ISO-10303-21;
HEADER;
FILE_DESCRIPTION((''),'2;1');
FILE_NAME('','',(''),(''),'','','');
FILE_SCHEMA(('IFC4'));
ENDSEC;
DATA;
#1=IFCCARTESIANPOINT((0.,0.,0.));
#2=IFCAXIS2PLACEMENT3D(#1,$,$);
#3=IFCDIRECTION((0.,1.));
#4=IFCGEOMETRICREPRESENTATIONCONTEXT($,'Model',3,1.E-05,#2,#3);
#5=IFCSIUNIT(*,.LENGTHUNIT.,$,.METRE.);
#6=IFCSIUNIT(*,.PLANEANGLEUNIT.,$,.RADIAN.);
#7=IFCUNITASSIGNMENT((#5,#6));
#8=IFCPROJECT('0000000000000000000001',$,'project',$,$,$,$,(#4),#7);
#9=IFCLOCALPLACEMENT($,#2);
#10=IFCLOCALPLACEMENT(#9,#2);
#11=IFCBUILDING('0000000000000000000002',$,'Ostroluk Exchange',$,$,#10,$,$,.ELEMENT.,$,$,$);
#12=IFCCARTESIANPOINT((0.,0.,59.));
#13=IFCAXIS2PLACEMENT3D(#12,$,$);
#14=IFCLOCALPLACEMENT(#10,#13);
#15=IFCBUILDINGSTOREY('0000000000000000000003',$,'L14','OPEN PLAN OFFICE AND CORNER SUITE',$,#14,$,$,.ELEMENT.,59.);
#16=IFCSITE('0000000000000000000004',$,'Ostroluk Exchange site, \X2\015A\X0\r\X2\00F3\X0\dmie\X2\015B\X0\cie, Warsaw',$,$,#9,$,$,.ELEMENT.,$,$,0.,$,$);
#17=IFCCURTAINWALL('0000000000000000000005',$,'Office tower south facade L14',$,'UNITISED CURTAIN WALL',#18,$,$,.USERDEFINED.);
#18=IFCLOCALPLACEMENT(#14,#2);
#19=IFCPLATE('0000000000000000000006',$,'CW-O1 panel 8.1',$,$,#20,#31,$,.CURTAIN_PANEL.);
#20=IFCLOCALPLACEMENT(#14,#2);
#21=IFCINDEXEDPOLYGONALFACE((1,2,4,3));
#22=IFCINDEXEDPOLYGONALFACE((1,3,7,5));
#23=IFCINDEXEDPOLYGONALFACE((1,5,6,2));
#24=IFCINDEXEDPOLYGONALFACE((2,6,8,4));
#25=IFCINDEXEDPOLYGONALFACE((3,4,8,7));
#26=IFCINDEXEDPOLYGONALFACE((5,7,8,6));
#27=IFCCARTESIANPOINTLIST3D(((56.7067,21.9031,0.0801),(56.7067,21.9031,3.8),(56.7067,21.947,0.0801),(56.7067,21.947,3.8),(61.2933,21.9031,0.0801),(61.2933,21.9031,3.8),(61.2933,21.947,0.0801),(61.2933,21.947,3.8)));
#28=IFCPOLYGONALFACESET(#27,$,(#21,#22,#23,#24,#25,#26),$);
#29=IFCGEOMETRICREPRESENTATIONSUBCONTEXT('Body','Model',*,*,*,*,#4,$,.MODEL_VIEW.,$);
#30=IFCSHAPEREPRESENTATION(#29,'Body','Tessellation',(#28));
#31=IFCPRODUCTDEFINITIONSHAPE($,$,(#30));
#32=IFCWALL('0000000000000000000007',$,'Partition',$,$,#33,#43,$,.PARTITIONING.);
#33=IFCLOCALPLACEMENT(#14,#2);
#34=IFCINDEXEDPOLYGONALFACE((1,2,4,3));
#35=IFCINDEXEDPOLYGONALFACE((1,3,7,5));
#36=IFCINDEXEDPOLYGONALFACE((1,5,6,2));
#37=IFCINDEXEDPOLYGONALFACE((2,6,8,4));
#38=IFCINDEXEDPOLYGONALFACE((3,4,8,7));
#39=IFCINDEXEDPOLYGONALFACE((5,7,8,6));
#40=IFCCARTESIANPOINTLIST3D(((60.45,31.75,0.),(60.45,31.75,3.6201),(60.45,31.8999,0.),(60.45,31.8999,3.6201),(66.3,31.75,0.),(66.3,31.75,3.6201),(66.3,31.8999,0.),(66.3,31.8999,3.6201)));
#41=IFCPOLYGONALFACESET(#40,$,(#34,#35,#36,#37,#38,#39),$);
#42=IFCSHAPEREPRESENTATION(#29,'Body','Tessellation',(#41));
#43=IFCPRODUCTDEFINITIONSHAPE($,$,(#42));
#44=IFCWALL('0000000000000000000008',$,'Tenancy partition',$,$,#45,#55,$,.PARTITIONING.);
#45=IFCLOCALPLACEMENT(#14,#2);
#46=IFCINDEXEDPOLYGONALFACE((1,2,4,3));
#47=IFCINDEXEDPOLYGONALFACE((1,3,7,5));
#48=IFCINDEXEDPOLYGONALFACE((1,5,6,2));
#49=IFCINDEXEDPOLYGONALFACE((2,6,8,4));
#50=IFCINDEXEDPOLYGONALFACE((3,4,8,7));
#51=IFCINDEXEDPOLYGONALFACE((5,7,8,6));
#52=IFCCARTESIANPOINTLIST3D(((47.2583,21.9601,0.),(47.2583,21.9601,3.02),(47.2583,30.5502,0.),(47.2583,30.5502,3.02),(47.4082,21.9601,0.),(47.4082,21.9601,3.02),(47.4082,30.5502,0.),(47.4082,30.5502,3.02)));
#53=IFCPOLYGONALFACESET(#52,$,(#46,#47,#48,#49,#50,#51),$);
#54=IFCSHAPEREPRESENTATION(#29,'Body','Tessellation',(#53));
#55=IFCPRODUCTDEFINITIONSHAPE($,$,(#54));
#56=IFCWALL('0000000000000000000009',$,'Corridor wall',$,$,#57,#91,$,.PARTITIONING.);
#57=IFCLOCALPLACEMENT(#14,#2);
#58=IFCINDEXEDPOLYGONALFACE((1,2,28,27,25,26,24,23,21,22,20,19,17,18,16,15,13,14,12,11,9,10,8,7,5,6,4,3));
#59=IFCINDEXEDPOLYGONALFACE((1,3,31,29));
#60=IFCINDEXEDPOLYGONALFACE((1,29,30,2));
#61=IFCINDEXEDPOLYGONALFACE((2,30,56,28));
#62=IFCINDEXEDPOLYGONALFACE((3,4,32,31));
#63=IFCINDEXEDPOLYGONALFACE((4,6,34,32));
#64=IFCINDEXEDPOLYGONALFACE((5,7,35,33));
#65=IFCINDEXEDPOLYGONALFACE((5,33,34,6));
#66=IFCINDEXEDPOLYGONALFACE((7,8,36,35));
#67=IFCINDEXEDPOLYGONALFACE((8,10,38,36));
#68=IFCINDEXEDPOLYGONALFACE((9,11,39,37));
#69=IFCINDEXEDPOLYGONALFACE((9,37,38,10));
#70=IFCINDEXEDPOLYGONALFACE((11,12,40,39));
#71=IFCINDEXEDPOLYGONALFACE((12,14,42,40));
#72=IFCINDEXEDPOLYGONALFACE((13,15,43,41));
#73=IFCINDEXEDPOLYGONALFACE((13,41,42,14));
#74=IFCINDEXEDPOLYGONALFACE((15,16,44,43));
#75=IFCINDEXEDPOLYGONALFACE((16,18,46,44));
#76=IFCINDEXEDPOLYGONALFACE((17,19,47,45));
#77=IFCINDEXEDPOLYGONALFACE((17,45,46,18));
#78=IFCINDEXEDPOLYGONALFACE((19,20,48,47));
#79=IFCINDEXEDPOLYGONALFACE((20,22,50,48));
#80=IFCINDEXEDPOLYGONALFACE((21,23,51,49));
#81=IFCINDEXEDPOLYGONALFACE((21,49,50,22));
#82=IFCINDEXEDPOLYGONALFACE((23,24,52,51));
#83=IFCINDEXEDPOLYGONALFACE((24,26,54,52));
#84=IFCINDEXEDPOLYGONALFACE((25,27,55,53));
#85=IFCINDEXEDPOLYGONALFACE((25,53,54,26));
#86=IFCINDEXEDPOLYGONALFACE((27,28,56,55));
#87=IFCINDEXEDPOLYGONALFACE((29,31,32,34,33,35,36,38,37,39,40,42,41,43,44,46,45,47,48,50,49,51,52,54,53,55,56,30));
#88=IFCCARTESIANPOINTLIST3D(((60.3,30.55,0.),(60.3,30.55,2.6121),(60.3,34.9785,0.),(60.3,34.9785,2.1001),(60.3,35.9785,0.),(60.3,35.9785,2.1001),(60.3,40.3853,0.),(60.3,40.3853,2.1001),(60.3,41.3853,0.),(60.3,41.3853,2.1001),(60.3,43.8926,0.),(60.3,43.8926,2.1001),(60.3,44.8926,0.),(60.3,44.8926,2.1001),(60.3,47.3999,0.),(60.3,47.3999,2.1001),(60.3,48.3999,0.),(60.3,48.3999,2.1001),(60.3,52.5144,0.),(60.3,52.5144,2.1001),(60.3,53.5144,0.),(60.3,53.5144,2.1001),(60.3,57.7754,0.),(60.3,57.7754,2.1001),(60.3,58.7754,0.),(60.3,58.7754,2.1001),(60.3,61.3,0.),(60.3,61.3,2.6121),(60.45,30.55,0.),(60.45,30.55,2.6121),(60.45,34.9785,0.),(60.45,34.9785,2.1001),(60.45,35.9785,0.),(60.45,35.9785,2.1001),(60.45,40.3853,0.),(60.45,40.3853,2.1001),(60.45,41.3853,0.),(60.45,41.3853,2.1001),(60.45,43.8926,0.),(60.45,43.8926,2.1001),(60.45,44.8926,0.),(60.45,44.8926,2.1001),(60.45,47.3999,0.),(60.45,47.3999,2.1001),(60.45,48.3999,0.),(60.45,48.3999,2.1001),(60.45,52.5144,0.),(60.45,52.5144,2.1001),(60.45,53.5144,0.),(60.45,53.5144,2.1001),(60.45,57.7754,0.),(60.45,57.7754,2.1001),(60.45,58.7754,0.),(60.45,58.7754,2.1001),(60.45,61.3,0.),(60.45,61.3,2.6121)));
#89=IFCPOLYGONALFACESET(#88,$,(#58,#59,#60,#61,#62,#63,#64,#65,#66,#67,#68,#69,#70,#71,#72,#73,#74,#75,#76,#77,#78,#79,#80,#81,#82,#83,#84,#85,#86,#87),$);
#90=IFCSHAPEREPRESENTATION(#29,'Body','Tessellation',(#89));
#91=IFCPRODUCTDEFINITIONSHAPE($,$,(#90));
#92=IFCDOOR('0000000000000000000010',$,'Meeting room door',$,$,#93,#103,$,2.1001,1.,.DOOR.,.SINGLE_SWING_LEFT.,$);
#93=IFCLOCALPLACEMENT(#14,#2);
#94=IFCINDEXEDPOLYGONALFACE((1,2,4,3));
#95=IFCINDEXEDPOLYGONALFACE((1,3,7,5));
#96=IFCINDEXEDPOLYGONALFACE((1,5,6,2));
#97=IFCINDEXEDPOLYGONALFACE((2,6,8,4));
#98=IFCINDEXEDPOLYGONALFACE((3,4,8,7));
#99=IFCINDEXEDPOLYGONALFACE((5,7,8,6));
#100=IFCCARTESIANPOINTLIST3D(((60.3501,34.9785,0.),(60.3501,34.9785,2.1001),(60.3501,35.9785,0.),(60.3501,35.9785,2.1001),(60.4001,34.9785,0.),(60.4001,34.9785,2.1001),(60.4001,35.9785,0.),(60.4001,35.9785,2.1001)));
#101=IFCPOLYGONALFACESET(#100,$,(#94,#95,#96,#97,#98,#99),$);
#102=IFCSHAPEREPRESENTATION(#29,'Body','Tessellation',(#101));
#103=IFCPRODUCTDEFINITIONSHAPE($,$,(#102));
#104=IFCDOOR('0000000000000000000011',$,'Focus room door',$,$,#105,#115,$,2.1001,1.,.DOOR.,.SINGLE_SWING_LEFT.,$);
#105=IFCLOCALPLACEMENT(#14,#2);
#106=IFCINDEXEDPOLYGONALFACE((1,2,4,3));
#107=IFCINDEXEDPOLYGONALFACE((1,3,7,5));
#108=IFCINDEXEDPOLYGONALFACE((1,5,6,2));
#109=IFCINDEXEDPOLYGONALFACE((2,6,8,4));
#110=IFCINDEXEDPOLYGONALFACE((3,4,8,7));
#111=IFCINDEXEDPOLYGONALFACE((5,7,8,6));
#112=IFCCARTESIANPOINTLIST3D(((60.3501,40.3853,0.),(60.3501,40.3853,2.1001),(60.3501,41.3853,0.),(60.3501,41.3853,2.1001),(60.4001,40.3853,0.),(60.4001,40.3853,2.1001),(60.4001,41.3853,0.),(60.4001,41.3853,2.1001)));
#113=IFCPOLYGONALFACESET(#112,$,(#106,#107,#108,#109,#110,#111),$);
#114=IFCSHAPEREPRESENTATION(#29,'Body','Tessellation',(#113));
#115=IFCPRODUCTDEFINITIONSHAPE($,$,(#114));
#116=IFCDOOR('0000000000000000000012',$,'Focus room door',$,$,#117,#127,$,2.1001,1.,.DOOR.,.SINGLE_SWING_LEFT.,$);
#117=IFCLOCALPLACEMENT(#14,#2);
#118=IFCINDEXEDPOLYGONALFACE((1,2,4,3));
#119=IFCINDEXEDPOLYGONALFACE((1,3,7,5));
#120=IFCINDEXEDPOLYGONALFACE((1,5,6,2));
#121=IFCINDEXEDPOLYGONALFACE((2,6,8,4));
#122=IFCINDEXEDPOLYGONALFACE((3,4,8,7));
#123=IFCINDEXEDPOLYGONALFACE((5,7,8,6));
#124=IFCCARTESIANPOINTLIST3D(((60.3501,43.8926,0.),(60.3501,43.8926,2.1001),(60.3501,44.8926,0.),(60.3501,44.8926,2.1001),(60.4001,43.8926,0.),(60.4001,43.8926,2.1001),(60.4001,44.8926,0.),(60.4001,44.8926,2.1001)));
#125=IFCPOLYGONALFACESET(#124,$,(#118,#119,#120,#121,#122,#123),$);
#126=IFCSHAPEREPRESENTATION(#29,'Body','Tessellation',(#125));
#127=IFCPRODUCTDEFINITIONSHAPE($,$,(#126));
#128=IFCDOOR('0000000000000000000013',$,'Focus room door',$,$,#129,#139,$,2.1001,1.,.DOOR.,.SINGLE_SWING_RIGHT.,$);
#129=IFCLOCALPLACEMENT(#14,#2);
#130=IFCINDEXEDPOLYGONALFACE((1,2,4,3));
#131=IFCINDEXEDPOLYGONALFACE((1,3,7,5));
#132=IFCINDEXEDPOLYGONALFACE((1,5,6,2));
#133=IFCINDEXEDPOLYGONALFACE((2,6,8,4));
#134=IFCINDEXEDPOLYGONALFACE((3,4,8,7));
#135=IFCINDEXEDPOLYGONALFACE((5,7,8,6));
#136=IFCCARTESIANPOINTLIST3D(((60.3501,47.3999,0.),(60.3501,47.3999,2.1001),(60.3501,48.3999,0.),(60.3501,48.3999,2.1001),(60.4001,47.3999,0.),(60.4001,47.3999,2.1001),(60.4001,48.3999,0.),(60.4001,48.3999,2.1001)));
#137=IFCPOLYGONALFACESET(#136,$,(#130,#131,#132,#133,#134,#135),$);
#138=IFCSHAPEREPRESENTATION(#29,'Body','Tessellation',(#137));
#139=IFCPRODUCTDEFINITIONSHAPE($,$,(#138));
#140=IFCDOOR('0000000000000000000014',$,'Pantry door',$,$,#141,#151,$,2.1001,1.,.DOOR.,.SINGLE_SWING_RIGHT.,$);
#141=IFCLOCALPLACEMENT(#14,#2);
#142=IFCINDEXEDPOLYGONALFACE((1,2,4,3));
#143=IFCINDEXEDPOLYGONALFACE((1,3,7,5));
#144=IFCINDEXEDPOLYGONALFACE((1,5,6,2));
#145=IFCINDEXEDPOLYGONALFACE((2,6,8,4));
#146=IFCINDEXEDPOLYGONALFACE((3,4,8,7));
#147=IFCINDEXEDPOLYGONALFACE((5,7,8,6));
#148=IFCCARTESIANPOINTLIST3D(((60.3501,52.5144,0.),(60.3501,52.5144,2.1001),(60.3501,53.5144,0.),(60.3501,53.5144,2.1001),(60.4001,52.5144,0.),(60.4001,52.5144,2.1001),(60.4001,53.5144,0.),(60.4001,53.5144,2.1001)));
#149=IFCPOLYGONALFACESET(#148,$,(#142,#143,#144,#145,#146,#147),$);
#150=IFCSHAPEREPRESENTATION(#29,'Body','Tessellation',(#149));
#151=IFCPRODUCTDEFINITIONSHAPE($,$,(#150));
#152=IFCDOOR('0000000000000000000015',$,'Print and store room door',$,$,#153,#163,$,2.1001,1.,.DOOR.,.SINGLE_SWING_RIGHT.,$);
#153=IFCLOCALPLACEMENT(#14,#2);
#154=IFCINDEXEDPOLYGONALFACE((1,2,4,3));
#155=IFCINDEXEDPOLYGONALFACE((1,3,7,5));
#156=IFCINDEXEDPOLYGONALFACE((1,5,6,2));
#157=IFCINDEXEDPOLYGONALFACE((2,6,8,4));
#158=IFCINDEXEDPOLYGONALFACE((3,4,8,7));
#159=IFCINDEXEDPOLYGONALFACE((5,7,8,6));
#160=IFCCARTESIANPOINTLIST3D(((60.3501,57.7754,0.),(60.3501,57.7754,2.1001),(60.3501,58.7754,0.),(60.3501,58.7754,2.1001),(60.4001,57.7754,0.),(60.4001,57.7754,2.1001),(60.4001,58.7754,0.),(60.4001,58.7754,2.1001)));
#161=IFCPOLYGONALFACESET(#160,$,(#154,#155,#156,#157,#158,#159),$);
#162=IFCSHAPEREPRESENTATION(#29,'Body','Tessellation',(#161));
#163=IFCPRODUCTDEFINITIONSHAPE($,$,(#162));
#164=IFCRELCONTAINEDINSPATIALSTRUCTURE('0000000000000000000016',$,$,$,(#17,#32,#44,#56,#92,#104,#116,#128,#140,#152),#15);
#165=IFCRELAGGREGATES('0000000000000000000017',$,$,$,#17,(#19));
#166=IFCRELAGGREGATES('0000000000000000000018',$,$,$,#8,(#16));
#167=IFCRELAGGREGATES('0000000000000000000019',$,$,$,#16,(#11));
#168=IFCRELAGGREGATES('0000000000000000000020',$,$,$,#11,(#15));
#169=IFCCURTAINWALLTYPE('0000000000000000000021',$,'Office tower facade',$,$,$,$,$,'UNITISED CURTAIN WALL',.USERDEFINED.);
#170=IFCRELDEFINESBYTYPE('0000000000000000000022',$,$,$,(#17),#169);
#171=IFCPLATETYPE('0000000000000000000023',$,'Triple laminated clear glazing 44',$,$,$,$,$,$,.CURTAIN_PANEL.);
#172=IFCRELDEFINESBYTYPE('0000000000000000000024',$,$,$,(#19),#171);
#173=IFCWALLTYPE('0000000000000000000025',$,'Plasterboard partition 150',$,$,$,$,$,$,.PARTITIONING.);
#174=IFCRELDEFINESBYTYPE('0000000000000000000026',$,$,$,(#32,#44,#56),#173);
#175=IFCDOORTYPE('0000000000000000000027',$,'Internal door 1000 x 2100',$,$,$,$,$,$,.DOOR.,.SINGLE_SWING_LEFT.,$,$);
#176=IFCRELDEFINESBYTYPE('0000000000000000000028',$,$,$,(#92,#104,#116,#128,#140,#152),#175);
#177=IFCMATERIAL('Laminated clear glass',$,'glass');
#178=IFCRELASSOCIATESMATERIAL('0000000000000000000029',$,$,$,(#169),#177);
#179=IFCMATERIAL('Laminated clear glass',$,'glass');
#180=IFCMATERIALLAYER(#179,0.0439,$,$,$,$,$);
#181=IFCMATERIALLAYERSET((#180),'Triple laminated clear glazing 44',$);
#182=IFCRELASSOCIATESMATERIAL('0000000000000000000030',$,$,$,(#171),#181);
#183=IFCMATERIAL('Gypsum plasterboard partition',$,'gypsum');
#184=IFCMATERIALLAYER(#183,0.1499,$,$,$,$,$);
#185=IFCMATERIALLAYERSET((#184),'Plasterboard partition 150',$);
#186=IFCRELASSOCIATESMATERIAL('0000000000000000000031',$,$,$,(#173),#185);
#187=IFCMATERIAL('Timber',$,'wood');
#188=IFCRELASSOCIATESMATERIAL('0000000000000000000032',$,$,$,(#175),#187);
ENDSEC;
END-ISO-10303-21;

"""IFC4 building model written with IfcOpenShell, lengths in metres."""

from ifc_helpers import new_model, si_unit, direction, frame, frame_2d, origin, origin_2d, place, context, subcontext, project, spatial, rectangle, extrude, material, layer, layer_set, type_object, element, fill, aggregate, save


model = new_model("IFC4")

# Units and contexts
model_context = context("Model", 3, precision=1e-05, world=origin(), true_north=direction((0.0, 1.0)))
body_context = subcontext(model_context, "Body", "Model", "MODEL_VIEW")
ifc_project = project(units=[si_unit("LENGTHUNIT", "METRE"), si_unit("PLANEANGLEUNIT", "RADIAN")], contexts=[model_context])

# Site, building, storey
site_placement = place(None, origin())
site = spatial("IfcSite", under=ifc_project, at=site_placement, Name="Ostroluk Exchange site, Śródmieście, Warsaw", CompositionType="ELEMENT", RefElevation=0.0)
building_placement = place(site_placement, origin())
building = spatial("IfcBuilding", under=site, at=building_placement, Name="Ostroluk Exchange", CompositionType="ELEMENT")
storey_placement = place(building_placement, frame((0.0, 0.0, 59.0)))
storey = spatial("IfcBuildingStorey", under=building, at=storey_placement, Name="L14", Description="OPEN PLAN OFFICE AND CORNER SUITE", CompositionType="ELEMENT", Elevation=59.0)

# Curtain wall, plate
ifc_material_1 = material(Name="Laminated clear glass", Category="glass")
curtain_wall_type = type_object("IfcCurtainWallType", Name="Office tower facade", ElementType="UNITISED CURTAIN WALL", PredefinedType="USERDEFINED", material=ifc_material_1)
curtain_wall_placement = place(storey_placement, origin())
curtain_wall = element("IfcCurtainWall", 1, at=curtain_wall_placement, inside=storey, type_object=curtain_wall_type, Name="Office tower south facade L14", ObjectType="UNITISED CURTAIN WALL", PredefinedType="USERDEFINED")
ifc_material_2 = material(Name="Laminated clear glass", Category="glass")
ifc_layer_1 = layer(ifc_material_2, 0.0439)
ifc_layer_set_1 = layer_set([ifc_layer_1], Name="Triple laminated clear glazing 44")
plate_type = type_object("IfcPlateType", Name="Triple laminated clear glazing 44", PredefinedType="CURTAIN_PANEL", material=ifc_layer_set_1)
plate_1_placement = place(storey_placement, frame((59.0, 21.925, 0.0801), z_axis=(0.0, 0.0, 1.0), x_axis=(1.0, 0.0, 0.0)))
plate_1 = element("IfcPlate", 2, at=plate_1_placement, type_object=plate_type, Name="CW-O1 panel 8.1", PredefinedType="CURTAIN_PANEL", context=body_context, shape_type="SweptSolid", body=[
    extrude(rectangle(XDim=4.5867, YDim=0.0439, at=origin_2d()), origin(), (0.0, 0.0, 1.0), 3.72),
])
aggregate(curtain_wall, [plate_1])

# Walls
ifc_material_3 = material(Name="Gypsum plasterboard partition", Category="gypsum")
ifc_layer_2 = layer(ifc_material_3, 0.1499)
ifc_layer_set_2 = layer_set([ifc_layer_2], Name="Plasterboard partition 150")
wall_type = type_object("IfcWallType", Name="Plasterboard partition 150", PredefinedType="PARTITIONING", material=ifc_layer_set_2)
wall_1_placement = place(storey_placement, frame((60.45, 31.825, 0.0), z_axis=(0.0, 0.0, 1.0), x_axis=(1.0, 0.0, 0.0)))
element("IfcWall", 3, at=wall_1_placement, inside=storey, type_object=wall_type, Name="Partition", PredefinedType="PARTITIONING", context=body_context, shape_type="SweptSolid", body=[
    extrude(rectangle(XDim=5.8501, YDim=0.1499, at=frame_2d((2.925, 0.0))), origin(), (0.0, 0.0, 1.0), 3.6201),
])
wall_2_placement = place(storey_placement, frame((47.3333, 30.55, 0.0), z_axis=(0.0, 0.0, 1.0), x_axis=(0.0, -1.0, 0.0)))
element("IfcWall", 4, at=wall_2_placement, inside=storey, type_object=wall_type, Name="Tenancy partition", PredefinedType="PARTITIONING", context=body_context, shape_type="SweptSolid", body=[
    extrude(rectangle(XDim=8.5901, YDim=0.1499, at=frame_2d((4.2949, 0.0))), origin(), (0.0, 0.0, 1.0), 3.02),
])

# Wall, openings, doors
wall_3_placement = place(storey_placement, frame((60.375, 30.55, 0.0), z_axis=(0.0, 0.0, 1.0), x_axis=(0.0, 1.0, 0.0)))
wall_3 = element("IfcWall", 5, at=wall_3_placement, inside=storey, type_object=wall_type, Name="Corridor wall", PredefinedType="PARTITIONING", context=body_context, shape_type="SweptSolid", body=[
    extrude(rectangle(XDim=30.75, YDim=0.1499, at=frame_2d((15.375, 0.0))), origin(), (0.0, 0.0, 1.0), 2.6121),
])
opening_1_placement = place(wall_3_placement, frame((4.4285, 0.0, 0.0)))
opening_1 = element("IfcOpeningElement", 6, at=opening_1_placement, cuts=wall_3, PredefinedType="OPENING", context=body_context, shape_type="SweptSolid", body=[
    extrude(rectangle(XDim=1.0, YDim=2.1001, at=frame_2d((0.5, 1.05))), frame((0.0, 0.085, 0.0), z_axis=(0.0, -1.0, 0.0), x_axis=(1.0, 0.0, 0.0)), (0.0, 0.0, 1.0), 0.1699),
])
opening_2_placement = place(wall_3_placement, frame((9.8352, 0.0, 0.0)))
opening_2 = element("IfcOpeningElement", 7, at=opening_2_placement, cuts=wall_3, PredefinedType="OPENING", context=body_context, shape_type="SweptSolid", body=[
    extrude(rectangle(XDim=1.0, YDim=2.1001, at=frame_2d((0.5, 1.05))), frame((0.0, 0.085, 0.0), z_axis=(0.0, -1.0, 0.0), x_axis=(1.0, 0.0, 0.0)), (0.0, 0.0, 1.0), 0.1699),
])
opening_3_placement = place(wall_3_placement, frame((13.3425, 0.0, 0.0)))
opening_3 = element("IfcOpeningElement", 8, at=opening_3_placement, cuts=wall_3, PredefinedType="OPENING", context=body_context, shape_type="SweptSolid", body=[
    extrude(rectangle(XDim=1.0, YDim=2.1001, at=frame_2d((0.5, 1.05))), frame((0.0, 0.085, 0.0), z_axis=(0.0, -1.0, 0.0), x_axis=(1.0, 0.0, 0.0)), (0.0, 0.0, 1.0), 0.1699),
])
opening_4_placement = place(wall_3_placement, frame((16.8499, 0.0, 0.0)))
opening_4 = element("IfcOpeningElement", 9, at=opening_4_placement, cuts=wall_3, PredefinedType="OPENING", context=body_context, shape_type="SweptSolid", body=[
    extrude(rectangle(XDim=1.0, YDim=2.1001, at=frame_2d((0.5, 1.05))), frame((0.0, 0.085, 0.0), z_axis=(0.0, -1.0, 0.0), x_axis=(1.0, 0.0, 0.0)), (0.0, 0.0, 1.0), 0.1699),
])
opening_5_placement = place(wall_3_placement, frame((21.9644, 0.0, 0.0)))
opening_5 = element("IfcOpeningElement", 10, at=opening_5_placement, cuts=wall_3, PredefinedType="OPENING", context=body_context, shape_type="SweptSolid", body=[
    extrude(rectangle(XDim=1.0, YDim=2.1001, at=frame_2d((0.5, 1.05))), frame((0.0, 0.085, 0.0), z_axis=(0.0, -1.0, 0.0), x_axis=(1.0, 0.0, 0.0)), (0.0, 0.0, 1.0), 0.1699),
])
opening_6_placement = place(wall_3_placement, frame((27.2253, 0.0, 0.0)))
opening_6 = element("IfcOpeningElement", 11, at=opening_6_placement, cuts=wall_3, PredefinedType="OPENING", context=body_context, shape_type="SweptSolid", body=[
    extrude(rectangle(XDim=1.0, YDim=2.1001, at=frame_2d((0.5, 1.05))), frame((0.0, 0.085, 0.0), z_axis=(0.0, -1.0, 0.0), x_axis=(1.0, 0.0, 0.0)), (0.0, 0.0, 1.0), 0.1699),
])
ifc_material_4 = material(Name="Timber", Category="wood")
door_type = type_object("IfcDoorType", Name="Internal door 1000 x 2100", OperationType="SINGLE_SWING_LEFT", PredefinedType="DOOR", material=ifc_material_4)
door_1_placement = place(opening_1_placement, origin())
door_1 = element("IfcDoor", 12, at=door_1_placement, inside=storey, type_object=door_type, Name="Meeting room door", OperationType="SINGLE_SWING_LEFT", OverallHeight=2.1001, OverallWidth=1.0, PredefinedType="DOOR", context=body_context, shape_type="SweptSolid", body=[
    extrude(rectangle(XDim=1.0, YDim=2.1001, at=frame_2d((0.5, 1.05))), frame((0.0, 0.0249, 0.0), z_axis=(0.0, -1.0, 0.0), x_axis=(1.0, 0.0, 0.0)), (0.0, 0.0, 1.0), 0.05),
])
fill(opening_1, door_1)
door_2_placement = place(opening_2_placement, origin())
door_2 = element("IfcDoor", 13, at=door_2_placement, inside=storey, type_object=door_type, Name="Focus room door", OperationType="SINGLE_SWING_LEFT", OverallHeight=2.1001, OverallWidth=1.0, PredefinedType="DOOR", context=body_context, shape_type="SweptSolid", body=[
    extrude(rectangle(XDim=1.0, YDim=2.1001, at=frame_2d((0.5, 1.05))), frame((0.0, 0.0249, 0.0), z_axis=(0.0, -1.0, 0.0), x_axis=(1.0, 0.0, 0.0)), (0.0, 0.0, 1.0), 0.05),
])
fill(opening_2, door_2)
door_3_placement = place(opening_3_placement, origin())
door_3 = element("IfcDoor", 14, at=door_3_placement, inside=storey, type_object=door_type, Name="Focus room door", OperationType="SINGLE_SWING_LEFT", OverallHeight=2.1001, OverallWidth=1.0, PredefinedType="DOOR", context=body_context, shape_type="SweptSolid", body=[
    extrude(rectangle(XDim=1.0, YDim=2.1001, at=frame_2d((0.5, 1.05))), frame((0.0, 0.0249, 0.0), z_axis=(0.0, -1.0, 0.0), x_axis=(1.0, 0.0, 0.0)), (0.0, 0.0, 1.0), 0.05),
])
fill(opening_3, door_3)
door_4_placement = place(opening_4_placement, origin())
door_4 = element("IfcDoor", 15, at=door_4_placement, inside=storey, type_object=door_type, Name="Focus room door", OperationType="SINGLE_SWING_RIGHT", OverallHeight=2.1001, OverallWidth=1.0, PredefinedType="DOOR", context=body_context, shape_type="SweptSolid", body=[
    extrude(rectangle(XDim=1.0, YDim=2.1001, at=frame_2d((0.5, 1.05))), frame((0.0, 0.0249, 0.0), z_axis=(0.0, -1.0, 0.0), x_axis=(1.0, 0.0, 0.0)), (0.0, 0.0, 1.0), 0.05),
])
fill(opening_4, door_4)
door_5_placement = place(opening_5_placement, origin())
door_5 = element("IfcDoor", 16, at=door_5_placement, inside=storey, type_object=door_type, Name="Pantry door", OperationType="SINGLE_SWING_RIGHT", OverallHeight=2.1001, OverallWidth=1.0, PredefinedType="DOOR", context=body_context, shape_type="SweptSolid", body=[
    extrude(rectangle(XDim=1.0, YDim=2.1001, at=frame_2d((0.5, 1.05))), frame((0.0, 0.0249, 0.0), z_axis=(0.0, -1.0, 0.0), x_axis=(1.0, 0.0, 0.0)), (0.0, 0.0, 1.0), 0.05),
])
fill(opening_5, door_5)
door_6_placement = place(opening_6_placement, origin())
door_6 = element("IfcDoor", 17, at=door_6_placement, inside=storey, type_object=door_type, Name="Print and store room door", OperationType="SINGLE_SWING_RIGHT", OverallHeight=2.1001, OverallWidth=1.0, PredefinedType="DOOR", context=body_context, shape_type="SweptSolid", body=[
    extrude(rectangle(XDim=1.0, YDim=2.1001, at=frame_2d((0.5, 1.05))), frame((0.0, 0.0249, 0.0), z_axis=(0.0, -1.0, 0.0), x_axis=(1.0, 0.0, 0.0)), (0.0, 0.0, 1.0), 0.05),
])
fill(opening_6, door_6)

save(model, "model.ifc")
